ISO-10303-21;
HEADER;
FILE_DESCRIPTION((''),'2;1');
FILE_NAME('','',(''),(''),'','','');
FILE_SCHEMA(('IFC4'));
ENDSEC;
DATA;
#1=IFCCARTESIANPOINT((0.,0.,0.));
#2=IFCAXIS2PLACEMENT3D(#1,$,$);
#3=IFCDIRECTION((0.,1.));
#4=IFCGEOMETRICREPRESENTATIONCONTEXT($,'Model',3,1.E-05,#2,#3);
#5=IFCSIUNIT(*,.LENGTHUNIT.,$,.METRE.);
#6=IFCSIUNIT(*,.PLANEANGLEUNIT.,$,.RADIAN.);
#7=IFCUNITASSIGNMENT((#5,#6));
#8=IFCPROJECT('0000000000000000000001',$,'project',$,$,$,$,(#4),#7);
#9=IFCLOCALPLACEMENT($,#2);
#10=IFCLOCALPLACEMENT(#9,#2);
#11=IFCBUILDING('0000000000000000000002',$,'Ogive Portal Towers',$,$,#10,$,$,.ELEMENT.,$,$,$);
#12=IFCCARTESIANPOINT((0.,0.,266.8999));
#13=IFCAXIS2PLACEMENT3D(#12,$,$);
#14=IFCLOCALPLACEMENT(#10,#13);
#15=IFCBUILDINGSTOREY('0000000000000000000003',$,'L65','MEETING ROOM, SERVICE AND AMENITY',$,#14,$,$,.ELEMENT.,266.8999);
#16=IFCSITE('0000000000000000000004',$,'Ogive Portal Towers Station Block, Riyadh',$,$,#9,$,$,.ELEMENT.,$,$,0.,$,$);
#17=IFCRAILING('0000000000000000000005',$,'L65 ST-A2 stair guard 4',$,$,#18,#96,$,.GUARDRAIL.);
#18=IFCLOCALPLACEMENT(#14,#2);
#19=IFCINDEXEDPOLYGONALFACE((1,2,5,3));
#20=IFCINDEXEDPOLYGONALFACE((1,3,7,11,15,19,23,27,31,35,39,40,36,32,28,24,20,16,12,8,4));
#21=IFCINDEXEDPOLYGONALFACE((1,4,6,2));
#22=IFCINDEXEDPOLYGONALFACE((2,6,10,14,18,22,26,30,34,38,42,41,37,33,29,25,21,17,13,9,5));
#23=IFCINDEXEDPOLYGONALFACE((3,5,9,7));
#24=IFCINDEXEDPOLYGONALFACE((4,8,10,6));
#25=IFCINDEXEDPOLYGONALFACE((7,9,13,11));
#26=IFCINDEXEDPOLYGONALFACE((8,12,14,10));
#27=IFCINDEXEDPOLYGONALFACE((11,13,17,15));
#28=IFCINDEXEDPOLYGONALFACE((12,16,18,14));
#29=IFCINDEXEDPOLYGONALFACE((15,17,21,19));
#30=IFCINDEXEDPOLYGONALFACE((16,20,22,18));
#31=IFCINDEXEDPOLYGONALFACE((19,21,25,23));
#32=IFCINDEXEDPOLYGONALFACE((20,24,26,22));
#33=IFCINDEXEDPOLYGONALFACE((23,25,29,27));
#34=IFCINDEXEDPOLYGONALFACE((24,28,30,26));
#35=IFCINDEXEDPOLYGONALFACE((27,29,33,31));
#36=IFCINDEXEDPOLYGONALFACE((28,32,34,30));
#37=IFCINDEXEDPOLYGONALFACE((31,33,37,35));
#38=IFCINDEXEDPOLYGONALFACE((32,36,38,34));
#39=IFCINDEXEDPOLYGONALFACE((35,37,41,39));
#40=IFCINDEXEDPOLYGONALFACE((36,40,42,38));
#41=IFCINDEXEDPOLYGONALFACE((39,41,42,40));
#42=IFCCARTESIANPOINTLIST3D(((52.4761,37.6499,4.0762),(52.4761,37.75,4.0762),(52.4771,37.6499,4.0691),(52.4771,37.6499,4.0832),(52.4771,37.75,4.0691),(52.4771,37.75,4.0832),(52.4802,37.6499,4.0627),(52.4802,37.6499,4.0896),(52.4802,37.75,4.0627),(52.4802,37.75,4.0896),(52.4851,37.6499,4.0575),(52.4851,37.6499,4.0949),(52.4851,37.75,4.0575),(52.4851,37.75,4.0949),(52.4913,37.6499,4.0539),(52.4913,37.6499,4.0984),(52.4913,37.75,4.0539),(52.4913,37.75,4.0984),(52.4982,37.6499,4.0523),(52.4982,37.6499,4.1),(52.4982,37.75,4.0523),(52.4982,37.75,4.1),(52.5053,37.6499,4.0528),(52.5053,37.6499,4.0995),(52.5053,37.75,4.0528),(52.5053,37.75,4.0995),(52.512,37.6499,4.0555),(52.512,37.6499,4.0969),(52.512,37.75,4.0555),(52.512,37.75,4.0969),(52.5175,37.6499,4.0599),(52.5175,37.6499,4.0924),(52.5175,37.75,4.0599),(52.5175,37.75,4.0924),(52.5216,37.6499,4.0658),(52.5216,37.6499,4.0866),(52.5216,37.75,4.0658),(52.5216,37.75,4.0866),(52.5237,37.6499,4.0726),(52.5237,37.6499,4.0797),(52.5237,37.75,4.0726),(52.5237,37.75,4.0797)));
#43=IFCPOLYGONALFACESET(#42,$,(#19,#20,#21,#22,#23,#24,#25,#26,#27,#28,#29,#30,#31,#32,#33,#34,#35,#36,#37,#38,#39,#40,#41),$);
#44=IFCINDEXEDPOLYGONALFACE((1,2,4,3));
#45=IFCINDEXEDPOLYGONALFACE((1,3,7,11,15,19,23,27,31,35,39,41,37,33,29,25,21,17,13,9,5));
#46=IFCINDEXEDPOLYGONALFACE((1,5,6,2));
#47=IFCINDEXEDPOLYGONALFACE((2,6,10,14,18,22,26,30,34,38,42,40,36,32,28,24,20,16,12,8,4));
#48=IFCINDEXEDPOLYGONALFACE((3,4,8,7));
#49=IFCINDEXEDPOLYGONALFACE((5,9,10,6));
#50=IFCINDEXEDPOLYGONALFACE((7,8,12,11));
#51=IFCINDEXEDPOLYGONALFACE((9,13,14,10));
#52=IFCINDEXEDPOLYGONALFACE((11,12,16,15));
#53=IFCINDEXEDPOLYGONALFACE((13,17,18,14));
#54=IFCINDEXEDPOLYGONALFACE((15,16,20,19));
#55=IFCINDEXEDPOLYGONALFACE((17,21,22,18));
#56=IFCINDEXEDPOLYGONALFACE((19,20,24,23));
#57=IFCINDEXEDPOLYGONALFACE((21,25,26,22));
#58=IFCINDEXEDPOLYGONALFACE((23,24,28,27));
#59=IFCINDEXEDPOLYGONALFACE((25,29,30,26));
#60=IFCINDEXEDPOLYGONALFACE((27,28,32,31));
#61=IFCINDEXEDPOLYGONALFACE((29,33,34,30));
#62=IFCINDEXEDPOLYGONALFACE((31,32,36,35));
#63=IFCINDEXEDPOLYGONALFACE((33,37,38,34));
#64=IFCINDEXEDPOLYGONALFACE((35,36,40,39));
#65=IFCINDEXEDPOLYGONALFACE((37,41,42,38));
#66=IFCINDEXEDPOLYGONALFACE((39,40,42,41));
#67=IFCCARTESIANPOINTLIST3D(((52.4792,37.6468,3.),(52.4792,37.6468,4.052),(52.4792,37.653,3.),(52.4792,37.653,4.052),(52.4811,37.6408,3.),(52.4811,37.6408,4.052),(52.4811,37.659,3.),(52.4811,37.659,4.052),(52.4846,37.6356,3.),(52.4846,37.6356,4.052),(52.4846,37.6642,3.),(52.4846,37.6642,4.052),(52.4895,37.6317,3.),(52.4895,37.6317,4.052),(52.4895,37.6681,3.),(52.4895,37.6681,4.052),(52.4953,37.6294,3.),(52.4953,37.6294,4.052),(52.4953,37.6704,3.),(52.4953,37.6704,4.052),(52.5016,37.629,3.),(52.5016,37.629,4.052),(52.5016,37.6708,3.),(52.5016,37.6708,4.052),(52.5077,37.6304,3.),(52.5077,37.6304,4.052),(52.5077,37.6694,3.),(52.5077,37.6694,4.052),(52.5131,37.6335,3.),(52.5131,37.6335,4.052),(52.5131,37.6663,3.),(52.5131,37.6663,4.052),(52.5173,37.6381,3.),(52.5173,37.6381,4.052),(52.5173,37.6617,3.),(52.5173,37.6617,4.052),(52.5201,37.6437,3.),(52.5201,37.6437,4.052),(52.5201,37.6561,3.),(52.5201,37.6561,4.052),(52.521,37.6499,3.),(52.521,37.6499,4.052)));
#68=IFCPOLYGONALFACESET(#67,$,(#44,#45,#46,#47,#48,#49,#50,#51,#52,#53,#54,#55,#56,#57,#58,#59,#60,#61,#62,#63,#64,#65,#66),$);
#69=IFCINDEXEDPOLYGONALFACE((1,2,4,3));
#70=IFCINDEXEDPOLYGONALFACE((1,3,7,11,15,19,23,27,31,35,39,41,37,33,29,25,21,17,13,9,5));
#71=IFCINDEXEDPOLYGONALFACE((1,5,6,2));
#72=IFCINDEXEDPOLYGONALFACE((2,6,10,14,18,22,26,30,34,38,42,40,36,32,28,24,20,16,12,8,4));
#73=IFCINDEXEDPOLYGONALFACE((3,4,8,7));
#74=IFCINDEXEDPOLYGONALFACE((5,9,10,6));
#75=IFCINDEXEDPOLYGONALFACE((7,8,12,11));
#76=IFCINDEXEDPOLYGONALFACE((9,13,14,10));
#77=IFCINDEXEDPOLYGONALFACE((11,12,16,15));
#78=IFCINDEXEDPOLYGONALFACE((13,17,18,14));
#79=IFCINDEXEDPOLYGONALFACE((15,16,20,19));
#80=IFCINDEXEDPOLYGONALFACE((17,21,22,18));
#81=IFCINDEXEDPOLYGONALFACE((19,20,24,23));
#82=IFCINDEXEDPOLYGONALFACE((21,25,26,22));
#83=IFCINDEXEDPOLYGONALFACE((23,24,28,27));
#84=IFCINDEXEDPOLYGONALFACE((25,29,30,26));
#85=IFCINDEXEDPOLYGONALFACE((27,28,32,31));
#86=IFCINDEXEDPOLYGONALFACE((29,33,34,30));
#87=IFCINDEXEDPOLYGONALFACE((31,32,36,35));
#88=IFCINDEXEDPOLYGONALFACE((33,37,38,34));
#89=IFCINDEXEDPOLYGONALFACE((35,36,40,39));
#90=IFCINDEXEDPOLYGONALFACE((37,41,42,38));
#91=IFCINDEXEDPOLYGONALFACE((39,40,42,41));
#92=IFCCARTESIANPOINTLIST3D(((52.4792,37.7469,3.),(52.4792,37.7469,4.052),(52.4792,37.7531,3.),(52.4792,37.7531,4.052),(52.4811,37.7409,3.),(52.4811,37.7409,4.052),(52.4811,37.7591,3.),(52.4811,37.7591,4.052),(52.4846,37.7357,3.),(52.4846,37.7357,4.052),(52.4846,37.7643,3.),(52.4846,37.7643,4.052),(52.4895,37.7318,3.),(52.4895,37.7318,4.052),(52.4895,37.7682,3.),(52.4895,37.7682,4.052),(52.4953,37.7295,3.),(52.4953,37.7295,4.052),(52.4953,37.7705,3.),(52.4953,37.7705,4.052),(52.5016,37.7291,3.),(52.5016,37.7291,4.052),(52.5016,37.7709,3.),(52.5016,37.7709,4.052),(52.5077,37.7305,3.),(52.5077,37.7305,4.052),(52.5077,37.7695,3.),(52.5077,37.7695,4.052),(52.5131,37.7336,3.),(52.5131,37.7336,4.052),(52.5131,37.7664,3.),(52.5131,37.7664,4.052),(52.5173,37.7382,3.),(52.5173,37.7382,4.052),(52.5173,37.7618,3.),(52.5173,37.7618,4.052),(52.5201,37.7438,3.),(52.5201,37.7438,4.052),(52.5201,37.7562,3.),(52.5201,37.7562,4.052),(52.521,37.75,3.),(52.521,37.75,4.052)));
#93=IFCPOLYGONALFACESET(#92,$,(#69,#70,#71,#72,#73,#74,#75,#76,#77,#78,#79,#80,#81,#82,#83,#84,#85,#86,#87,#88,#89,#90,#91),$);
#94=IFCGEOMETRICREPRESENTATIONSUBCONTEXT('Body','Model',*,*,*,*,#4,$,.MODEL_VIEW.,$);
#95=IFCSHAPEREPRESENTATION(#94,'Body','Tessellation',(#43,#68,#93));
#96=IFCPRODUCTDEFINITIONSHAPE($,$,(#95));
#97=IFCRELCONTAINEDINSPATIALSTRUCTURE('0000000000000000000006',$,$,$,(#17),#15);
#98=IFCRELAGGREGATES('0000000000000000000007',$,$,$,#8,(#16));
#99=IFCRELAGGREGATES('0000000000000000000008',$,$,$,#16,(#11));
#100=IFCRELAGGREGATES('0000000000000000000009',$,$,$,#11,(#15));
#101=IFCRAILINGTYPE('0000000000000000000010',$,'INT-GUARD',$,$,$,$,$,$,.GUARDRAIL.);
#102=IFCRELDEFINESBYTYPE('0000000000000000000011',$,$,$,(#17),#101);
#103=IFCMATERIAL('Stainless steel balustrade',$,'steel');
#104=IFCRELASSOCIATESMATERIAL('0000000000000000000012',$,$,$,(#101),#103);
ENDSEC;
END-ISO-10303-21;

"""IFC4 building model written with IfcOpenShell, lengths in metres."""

from ifc_helpers import new_model, si_unit, direction, frame, origin, origin_2d, place, context, subcontext, project, spatial, circle, extrude, material, type_object, element, save


model = new_model("IFC4")

# Units and contexts
model_context = context("Model", 3, precision=1e-05, world=origin(), true_north=direction((0.0, 1.0)))
body_context = subcontext(model_context, "Body", "Model", "MODEL_VIEW")
ifc_project = project(units=[si_unit("LENGTHUNIT", "METRE"), si_unit("PLANEANGLEUNIT", "RADIAN")], contexts=[model_context])

# Site, building, storey
site_placement = place(None, origin())
site = spatial("IfcSite", under=ifc_project, at=site_placement, Name="Ogive Portal Towers Station Block, Riyadh", CompositionType="ELEMENT", RefElevation=0.0)
building_placement = place(site_placement, origin())
building = spatial("IfcBuilding", under=site, at=building_placement, Name="Ogive Portal Towers", CompositionType="ELEMENT")
storey_placement = place(building_placement, frame((0.0, 0.0, 266.8999)))
storey = spatial("IfcBuildingStorey", under=building, at=storey_placement, Name="L65", Description="MEETING ROOM, SERVICE AND AMENITY", CompositionType="ELEMENT", Elevation=266.8999)

# Railing
ifc_material_1 = material(Name="Stainless steel balustrade", Category="steel")
railing_type_1 = type_object("IfcRailingType", Name="INT-GUARD", PredefinedType="GUARDRAIL", material=ifc_material_1)
railing_1_placement = place(storey_placement, frame((52.5, 37.6499, 3.0)))
element("IfcRailing", 1, at=railing_1_placement, inside=storey, type_object=railing_type_1, Name="L65 ST-A2 stair guard 4", PredefinedType="GUARDRAIL", context=body_context, shape_type="SweptSolid", body=[
    extrude(circle(Radius=0.0239, at=origin_2d()), frame((0.0, 0.0, 1.0762), z_axis=(0.0, 1.0, 0.0), x_axis=(-1.0, 0.0, 0.0)), (0.0, 0.0, 1.0), 0.1001),
    extrude(circle(Radius=0.021, at=origin_2d()), origin(), (0.0, 0.0, 1.0), 1.052),
    extrude(circle(Radius=0.021, at=origin_2d()), frame((0.0, 0.1001, 0.0)), (0.0, 0.0, 1.0), 1.052),
])

save(model, "model.ifc")
